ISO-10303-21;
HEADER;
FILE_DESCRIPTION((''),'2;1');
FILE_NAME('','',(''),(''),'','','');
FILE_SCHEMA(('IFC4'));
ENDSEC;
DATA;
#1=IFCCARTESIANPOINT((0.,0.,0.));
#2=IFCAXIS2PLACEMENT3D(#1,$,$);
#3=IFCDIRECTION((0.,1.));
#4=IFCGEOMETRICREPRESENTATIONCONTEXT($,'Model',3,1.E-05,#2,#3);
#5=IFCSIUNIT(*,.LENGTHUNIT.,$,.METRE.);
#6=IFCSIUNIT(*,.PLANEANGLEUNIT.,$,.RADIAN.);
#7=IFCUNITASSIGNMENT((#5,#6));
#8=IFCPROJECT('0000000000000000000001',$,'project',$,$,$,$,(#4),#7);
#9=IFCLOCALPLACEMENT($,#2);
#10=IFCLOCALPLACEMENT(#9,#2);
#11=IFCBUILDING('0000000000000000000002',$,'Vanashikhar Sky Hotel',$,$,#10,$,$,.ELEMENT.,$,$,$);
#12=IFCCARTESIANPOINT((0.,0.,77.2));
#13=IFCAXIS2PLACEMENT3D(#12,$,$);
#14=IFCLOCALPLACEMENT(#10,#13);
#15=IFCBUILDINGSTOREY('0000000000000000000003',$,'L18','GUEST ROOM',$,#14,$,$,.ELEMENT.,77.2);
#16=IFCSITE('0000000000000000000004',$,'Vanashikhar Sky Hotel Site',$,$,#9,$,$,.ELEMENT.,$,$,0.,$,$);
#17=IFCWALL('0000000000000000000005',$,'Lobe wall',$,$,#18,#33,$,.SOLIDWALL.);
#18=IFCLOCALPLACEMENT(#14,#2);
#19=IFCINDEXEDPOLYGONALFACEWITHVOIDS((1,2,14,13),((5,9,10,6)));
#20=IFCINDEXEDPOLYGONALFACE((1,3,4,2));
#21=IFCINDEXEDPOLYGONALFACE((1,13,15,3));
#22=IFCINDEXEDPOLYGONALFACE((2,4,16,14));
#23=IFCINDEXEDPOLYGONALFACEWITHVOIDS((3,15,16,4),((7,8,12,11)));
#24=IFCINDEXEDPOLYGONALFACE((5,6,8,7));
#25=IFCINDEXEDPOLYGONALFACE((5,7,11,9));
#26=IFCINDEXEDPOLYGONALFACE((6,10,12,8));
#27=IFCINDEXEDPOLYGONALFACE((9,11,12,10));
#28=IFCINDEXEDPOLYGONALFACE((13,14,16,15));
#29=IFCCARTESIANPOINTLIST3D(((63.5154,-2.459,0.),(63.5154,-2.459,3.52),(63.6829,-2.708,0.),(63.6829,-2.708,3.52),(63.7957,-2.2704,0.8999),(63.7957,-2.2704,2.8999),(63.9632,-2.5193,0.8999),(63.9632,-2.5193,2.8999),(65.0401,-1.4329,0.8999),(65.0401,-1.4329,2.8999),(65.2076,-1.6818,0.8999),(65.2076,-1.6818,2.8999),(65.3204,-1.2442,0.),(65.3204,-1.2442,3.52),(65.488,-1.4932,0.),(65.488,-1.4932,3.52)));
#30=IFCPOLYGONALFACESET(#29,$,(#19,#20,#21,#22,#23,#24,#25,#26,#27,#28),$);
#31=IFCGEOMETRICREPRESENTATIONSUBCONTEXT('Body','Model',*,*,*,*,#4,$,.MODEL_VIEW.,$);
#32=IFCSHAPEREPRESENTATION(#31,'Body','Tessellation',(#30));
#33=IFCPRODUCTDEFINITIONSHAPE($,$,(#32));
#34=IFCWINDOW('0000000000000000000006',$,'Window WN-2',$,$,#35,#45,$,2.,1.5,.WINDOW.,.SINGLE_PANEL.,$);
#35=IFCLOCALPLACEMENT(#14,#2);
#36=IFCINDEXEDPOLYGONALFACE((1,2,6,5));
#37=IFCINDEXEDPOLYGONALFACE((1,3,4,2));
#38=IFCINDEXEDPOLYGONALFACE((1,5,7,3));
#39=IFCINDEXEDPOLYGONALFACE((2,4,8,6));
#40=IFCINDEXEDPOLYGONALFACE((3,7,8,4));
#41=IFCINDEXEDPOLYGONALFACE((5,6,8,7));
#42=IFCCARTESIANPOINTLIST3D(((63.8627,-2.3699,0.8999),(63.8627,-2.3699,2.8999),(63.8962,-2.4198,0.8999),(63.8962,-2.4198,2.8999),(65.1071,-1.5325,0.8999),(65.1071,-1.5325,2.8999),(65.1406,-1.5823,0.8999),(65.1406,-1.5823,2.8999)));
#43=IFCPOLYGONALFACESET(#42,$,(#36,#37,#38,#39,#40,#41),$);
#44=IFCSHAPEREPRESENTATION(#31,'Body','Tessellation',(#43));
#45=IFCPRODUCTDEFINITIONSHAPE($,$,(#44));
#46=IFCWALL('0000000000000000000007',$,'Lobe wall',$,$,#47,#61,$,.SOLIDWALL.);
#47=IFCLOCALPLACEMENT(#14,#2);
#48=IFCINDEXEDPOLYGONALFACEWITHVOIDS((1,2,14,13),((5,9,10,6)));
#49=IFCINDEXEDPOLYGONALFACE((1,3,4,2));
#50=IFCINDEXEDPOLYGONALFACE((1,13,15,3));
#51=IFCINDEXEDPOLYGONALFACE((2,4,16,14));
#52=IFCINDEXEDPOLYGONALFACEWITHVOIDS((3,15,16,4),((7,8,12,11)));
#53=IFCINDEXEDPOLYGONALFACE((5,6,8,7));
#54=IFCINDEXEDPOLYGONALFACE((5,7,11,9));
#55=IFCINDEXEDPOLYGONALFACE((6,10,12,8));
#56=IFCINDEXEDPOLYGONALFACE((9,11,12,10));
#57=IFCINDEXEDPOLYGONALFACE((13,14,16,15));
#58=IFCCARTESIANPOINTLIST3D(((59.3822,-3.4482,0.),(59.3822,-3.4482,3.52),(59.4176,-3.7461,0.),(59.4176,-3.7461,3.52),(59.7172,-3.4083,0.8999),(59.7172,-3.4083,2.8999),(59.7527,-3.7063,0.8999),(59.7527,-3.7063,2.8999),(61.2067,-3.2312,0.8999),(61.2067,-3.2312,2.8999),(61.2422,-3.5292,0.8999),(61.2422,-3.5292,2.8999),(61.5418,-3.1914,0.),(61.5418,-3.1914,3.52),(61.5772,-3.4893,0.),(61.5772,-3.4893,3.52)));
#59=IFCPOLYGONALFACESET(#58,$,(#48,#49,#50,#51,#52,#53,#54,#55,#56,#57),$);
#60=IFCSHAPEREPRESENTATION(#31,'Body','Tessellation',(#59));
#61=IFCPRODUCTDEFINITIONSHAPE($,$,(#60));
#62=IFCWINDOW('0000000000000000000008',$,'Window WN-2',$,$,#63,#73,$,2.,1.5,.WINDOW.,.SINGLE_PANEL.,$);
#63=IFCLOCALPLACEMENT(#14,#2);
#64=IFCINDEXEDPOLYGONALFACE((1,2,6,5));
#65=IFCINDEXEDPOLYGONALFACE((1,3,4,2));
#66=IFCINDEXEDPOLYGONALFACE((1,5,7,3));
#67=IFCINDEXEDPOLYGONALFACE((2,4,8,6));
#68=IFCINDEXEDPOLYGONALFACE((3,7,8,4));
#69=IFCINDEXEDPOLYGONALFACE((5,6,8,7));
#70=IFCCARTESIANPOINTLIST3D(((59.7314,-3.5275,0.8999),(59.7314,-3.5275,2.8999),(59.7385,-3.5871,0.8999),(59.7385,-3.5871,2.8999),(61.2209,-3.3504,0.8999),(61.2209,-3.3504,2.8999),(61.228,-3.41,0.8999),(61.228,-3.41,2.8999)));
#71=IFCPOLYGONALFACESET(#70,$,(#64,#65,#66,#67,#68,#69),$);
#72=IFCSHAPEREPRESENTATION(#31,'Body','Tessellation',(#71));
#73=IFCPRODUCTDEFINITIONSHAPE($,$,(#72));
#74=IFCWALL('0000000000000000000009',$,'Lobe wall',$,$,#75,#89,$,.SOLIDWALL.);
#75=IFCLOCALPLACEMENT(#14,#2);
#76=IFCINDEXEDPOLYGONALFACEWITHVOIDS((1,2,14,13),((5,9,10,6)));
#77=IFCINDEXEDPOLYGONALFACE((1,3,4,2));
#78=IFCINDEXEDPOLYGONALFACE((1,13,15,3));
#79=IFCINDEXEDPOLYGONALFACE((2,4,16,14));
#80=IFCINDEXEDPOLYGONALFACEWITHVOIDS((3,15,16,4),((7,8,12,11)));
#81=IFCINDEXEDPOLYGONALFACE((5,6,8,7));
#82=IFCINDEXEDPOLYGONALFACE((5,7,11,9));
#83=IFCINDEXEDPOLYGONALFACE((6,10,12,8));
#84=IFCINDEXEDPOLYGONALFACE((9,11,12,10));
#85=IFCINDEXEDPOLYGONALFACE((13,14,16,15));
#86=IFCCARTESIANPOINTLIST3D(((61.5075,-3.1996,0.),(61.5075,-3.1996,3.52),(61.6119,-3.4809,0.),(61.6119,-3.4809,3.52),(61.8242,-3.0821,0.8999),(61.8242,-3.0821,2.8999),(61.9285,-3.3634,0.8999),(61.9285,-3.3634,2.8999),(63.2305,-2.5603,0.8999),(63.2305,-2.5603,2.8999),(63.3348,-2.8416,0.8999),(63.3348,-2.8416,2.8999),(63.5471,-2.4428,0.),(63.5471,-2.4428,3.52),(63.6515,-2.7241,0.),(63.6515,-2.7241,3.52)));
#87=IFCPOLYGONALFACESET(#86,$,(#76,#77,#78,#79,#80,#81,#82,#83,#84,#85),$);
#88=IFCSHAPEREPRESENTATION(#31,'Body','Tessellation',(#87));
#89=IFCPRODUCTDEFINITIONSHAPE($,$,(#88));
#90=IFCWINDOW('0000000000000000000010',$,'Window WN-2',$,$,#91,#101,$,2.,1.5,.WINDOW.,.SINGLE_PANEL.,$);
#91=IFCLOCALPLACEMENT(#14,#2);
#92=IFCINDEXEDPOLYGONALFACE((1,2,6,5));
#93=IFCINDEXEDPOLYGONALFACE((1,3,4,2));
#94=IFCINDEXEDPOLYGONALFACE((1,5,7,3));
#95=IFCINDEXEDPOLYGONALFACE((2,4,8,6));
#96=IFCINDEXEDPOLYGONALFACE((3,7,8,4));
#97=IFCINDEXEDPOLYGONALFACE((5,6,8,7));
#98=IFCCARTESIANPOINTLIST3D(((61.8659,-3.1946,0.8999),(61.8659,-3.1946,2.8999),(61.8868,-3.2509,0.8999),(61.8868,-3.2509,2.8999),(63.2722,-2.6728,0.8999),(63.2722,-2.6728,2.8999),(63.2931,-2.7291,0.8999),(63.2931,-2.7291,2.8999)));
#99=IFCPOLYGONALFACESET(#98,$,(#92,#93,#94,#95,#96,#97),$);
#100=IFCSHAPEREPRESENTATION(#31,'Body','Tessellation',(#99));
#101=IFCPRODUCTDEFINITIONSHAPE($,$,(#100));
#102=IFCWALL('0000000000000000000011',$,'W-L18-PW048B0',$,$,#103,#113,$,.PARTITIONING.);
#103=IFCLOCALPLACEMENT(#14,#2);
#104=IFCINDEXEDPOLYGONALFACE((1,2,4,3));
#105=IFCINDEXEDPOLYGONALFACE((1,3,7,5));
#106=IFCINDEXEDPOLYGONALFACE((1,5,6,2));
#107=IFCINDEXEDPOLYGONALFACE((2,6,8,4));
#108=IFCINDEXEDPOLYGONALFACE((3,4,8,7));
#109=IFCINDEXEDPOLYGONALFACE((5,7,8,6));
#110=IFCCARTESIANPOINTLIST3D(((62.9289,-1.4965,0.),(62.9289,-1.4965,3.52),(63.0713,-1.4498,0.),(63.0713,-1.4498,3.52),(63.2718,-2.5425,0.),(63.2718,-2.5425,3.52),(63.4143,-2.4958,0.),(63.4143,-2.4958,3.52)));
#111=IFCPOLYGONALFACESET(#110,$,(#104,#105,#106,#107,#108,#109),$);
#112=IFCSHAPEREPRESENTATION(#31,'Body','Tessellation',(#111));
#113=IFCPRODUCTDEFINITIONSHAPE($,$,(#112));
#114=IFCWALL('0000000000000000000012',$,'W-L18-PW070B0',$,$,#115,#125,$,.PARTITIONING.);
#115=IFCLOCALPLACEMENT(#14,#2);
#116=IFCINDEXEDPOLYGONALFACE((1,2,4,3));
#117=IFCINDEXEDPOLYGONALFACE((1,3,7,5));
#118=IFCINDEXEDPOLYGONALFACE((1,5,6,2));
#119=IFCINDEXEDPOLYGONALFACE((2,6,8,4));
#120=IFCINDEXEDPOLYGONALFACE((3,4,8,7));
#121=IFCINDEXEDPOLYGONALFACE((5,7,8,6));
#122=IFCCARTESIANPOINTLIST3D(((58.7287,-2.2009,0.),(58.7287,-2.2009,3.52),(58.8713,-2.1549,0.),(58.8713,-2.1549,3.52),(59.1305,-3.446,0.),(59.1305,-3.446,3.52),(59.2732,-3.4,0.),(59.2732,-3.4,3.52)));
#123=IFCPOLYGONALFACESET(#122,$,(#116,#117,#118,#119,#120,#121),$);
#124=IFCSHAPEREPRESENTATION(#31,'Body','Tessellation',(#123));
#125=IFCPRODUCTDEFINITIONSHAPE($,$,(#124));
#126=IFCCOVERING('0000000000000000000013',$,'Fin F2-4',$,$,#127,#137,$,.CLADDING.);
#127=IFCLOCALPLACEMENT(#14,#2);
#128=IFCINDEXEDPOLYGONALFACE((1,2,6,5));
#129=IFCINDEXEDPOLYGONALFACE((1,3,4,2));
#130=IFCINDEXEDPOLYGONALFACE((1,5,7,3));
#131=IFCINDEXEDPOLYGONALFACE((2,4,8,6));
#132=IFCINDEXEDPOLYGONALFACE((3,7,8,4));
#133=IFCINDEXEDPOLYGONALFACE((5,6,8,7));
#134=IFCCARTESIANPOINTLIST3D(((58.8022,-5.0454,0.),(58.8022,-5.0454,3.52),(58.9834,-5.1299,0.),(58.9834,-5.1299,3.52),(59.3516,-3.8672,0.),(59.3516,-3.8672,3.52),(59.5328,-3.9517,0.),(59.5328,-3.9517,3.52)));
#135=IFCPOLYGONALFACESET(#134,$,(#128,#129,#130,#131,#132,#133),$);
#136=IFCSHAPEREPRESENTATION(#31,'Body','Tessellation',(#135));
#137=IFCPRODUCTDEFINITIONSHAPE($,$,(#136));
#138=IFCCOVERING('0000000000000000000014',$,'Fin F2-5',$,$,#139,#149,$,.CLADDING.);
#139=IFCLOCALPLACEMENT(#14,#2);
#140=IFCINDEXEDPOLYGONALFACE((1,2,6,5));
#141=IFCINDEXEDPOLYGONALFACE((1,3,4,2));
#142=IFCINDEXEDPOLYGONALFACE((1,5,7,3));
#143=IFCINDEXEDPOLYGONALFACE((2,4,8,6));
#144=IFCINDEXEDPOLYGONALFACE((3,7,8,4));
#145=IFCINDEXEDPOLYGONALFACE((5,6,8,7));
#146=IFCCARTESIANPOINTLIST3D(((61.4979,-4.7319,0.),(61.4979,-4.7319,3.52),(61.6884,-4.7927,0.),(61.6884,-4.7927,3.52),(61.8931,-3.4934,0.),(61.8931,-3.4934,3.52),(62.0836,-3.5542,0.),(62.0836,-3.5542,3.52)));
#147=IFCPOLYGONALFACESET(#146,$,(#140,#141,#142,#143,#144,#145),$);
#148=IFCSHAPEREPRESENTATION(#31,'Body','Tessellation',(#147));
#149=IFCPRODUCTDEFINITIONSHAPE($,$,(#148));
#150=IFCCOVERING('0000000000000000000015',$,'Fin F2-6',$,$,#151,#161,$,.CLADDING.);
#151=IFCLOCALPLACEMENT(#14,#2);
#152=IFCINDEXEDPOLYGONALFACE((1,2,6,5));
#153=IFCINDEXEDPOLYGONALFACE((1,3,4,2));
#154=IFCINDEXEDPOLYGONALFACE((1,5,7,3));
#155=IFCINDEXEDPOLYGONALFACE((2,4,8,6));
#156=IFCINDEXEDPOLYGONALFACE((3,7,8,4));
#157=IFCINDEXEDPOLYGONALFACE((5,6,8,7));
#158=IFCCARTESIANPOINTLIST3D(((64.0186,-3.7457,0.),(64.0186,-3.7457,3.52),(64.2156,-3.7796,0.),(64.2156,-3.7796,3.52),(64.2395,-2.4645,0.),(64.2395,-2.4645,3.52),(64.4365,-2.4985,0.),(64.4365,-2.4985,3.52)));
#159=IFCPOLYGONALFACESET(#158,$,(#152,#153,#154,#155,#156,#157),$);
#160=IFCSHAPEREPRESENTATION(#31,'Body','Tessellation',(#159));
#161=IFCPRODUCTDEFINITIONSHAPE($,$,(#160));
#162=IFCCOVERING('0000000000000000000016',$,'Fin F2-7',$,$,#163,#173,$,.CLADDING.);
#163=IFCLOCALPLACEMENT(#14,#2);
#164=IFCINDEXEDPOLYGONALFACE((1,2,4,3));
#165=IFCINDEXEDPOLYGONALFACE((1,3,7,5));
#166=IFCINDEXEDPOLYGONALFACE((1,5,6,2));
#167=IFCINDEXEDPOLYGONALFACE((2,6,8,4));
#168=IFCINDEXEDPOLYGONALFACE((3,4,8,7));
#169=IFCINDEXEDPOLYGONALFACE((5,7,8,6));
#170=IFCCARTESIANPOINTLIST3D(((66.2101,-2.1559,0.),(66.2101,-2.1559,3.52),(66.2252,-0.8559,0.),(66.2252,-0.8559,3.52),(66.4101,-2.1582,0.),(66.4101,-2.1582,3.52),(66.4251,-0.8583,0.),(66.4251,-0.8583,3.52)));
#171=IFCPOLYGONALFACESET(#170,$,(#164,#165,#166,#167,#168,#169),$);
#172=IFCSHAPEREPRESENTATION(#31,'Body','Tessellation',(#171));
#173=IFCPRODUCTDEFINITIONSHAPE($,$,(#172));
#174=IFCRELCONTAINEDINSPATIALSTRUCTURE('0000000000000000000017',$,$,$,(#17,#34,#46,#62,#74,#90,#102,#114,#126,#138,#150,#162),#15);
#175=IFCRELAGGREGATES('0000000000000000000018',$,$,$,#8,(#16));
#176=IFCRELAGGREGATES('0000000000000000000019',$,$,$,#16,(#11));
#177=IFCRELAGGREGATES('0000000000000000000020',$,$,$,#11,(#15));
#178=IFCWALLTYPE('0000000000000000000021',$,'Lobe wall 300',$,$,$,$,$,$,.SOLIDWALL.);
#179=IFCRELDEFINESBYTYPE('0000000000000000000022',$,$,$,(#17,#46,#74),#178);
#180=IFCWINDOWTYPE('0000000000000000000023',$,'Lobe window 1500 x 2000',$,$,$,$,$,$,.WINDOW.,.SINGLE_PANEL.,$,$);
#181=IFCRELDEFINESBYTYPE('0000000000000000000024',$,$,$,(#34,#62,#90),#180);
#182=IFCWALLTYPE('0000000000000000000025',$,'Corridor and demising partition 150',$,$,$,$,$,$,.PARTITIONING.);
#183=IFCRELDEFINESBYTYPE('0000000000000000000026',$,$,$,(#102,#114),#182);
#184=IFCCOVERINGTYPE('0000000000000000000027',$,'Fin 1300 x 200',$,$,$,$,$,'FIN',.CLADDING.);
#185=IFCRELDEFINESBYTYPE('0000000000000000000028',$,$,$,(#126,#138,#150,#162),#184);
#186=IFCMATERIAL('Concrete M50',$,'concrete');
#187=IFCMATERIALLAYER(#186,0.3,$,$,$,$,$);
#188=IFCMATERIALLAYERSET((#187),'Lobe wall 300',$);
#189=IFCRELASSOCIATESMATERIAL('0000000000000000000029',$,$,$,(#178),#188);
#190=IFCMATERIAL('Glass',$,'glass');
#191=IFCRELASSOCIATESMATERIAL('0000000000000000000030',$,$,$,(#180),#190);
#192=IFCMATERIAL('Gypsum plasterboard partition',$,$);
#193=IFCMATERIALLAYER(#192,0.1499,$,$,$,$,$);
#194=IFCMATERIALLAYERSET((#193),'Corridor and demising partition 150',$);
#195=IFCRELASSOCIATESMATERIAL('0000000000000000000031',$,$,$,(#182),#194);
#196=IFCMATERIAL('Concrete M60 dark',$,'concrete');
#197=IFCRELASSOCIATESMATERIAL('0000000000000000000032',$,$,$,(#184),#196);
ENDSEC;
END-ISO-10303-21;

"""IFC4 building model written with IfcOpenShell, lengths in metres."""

from ifc_helpers import new_model, si_unit, direction, frame, frame_2d, origin, origin_2d, place, context, subcontext, project, spatial, rectangle, extrude, source, transform, mapped, material, layer, layer_set, material_profile, profile_set, type_object, element, fill, save


model = new_model("IFC4")

# Units and contexts
model_context = context("Model", 3, precision=1e-05, world=origin(), true_north=direction((0.0, 1.0)))
body_context = subcontext(model_context, "Body", "Model", "MODEL_VIEW")
ifc_project = project(units=[si_unit("LENGTHUNIT", "METRE"), si_unit("PLANEANGLEUNIT", "RADIAN")], contexts=[model_context])

# Site, building, storey
site_placement = place(None, origin())
site = spatial("IfcSite", under=ifc_project, at=site_placement, Name="Vanashikhar Sky Hotel Site", CompositionType="ELEMENT", RefElevation=0.0)
building_placement = place(site_placement, origin())
building = spatial("IfcBuilding", under=site, at=building_placement, Name="Vanashikhar Sky Hotel", CompositionType="ELEMENT")
storey_placement = place(building_placement, frame((0.0, 0.0, 77.2)))
storey = spatial("IfcBuildingStorey", under=building, at=storey_placement, Name="L18", Description="GUEST ROOM", CompositionType="ELEMENT", Elevation=77.2)

# Walls, openings, windows
ifc_material_1 = material(Name="Concrete M50", Category="concrete")
ifc_layer_1 = layer(ifc_material_1, 0.3)
ifc_layer_set_1 = layer_set([ifc_layer_1], Name="Lobe wall 300")
wall_type_1 = type_object("IfcWallType", Name="Lobe wall 300", PredefinedType="SOLIDWALL", material=ifc_layer_set_1)
shared_shape_1 = source(origin(), body_context, "Body", "SweptSolid", [
    extrude(rectangle(XDim=2.1758, YDim=0.3, at=frame_2d((1.0879, 0.0))), origin(), (0.0, 0.0, 1.0), 3.52),
])
wall_1_placement = place(storey_placement, frame((63.5991, -2.5835, 0.0), z_axis=(0.0, 0.0, 1.0), x_axis=(0.829626, 0.55832, 0.0)))
wall_1 = element("IfcWall", 1, at=wall_1_placement, inside=storey, type_object=wall_type_1, Name="Lobe wall", PredefinedType="SOLIDWALL", context=body_context, shape_type="MappedRepresentation", body=[
    mapped(shared_shape_1, transform((0.0, 0.0, 0.0), scale=1.0)),
])
shared_shape_2 = source(origin(), body_context, "Body", "SweptSolid", [
    extrude(rectangle(XDim=1.5, YDim=2.0, at=frame_2d((0.75, 1.0))), frame((0.0, 0.1602, 0.0), z_axis=(0.0, -1.0, 0.0), x_axis=(1.0, 0.0, 0.0)), (0.0, 0.0, 1.0), 0.3201),
])
opening_1_placement = place(wall_1_placement, frame((0.3379, 0.0, 0.8999)))
opening_1 = element("IfcOpeningElement", 2, at=opening_1_placement, cuts=wall_1, PredefinedType="OPENING", context=body_context, shape_type="MappedRepresentation", body=[
    mapped(shared_shape_2, transform((0.0, 0.0, 0.0), scale=1.0)),
])
ifc_material_2 = material(Name="Glass", Category="glass")
window_type = type_object("IfcWindowType", Name="Lobe window 1500 x 2000", PartitioningType="SINGLE_PANEL", PredefinedType="WINDOW", material=ifc_material_2)
shared_shape_3 = source(origin(), body_context, "Body", "SweptSolid", [
    extrude(rectangle(XDim=1.5, YDim=2.0, at=frame_2d((0.75, 1.0))), frame((0.0, 0.03, 0.0), z_axis=(0.0, -1.0, 0.0), x_axis=(1.0, 0.0, 0.0)), (0.0, 0.0, 1.0), 0.0601),
])
window_1_placement = place(opening_1_placement, origin())
window_1 = element("IfcWindow", 3, at=window_1_placement, inside=storey, type_object=window_type, Name="Window WN-2", OverallHeight=2.0, OverallWidth=1.5, PartitioningType="SINGLE_PANEL", PredefinedType="WINDOW", context=body_context, shape_type="MappedRepresentation", body=[
    mapped(shared_shape_3, transform((0.0, 0.0, 0.0), scale=1.0)),
])
fill(opening_1, window_1)
shared_shape_4 = source(origin(), body_context, "Body", "SweptSolid", [
    extrude(rectangle(XDim=2.1748, YDim=0.3, at=frame_2d((1.0874, 0.0))), origin(), (0.0, 0.0, 1.0), 3.52),
])
wall_2_placement = place(storey_placement, frame((59.3999, -3.5972, 0.0), z_axis=(0.0, 0.0, 1.0), x_axis=(0.993003, 0.118092, 0.0)))
wall_2 = element("IfcWall", 4, at=wall_2_placement, inside=storey, type_object=wall_type_1, Name="Lobe wall", PredefinedType="SOLIDWALL", context=body_context, shape_type="MappedRepresentation", body=[
    mapped(shared_shape_4, transform((0.0, 0.0, 0.0), scale=1.0)),
])
opening_2_placement = place(wall_2_placement, frame((0.3374, 0.0, 0.8999)))
opening_2 = element("IfcOpeningElement", 5, at=opening_2_placement, cuts=wall_2, PredefinedType="OPENING", context=body_context, shape_type="MappedRepresentation", body=[
    mapped(shared_shape_2, transform((0.0, 0.0, 0.0), scale=1.0)),
])
window_2_placement = place(opening_2_placement, origin())
window_2 = element("IfcWindow", 6, at=window_2_placement, inside=storey, type_object=window_type, Name="Window WN-2", OverallHeight=2.0, OverallWidth=1.5, PartitioningType="SINGLE_PANEL", PredefinedType="WINDOW", context=body_context, shape_type="MappedRepresentation", body=[
    mapped(shared_shape_3, transform((0.0, 0.0, 0.0), scale=1.0)),
])
fill(opening_2, window_2)
shared_shape_5 = source(origin(), body_context, "Body", "SweptSolid", [
    extrude(rectangle(XDim=2.1755, YDim=0.3, at=frame_2d((1.0879, 0.0))), origin(), (0.0, 0.0, 1.0), 3.52),
])
wall_3_placement = place(storey_placement, frame((61.5596, -3.3403, 0.0), z_axis=(0.0, 0.0, 1.0), x_axis=(0.937532, 0.347899, 0.0)))
wall_3 = element("IfcWall", 7, at=wall_3_placement, inside=storey, type_object=wall_type_1, Name="Lobe wall", PredefinedType="SOLIDWALL", context=body_context, shape_type="MappedRepresentation", body=[
    mapped(shared_shape_5, transform((0.0, 0.0, 0.0), scale=1.0)),
])
opening_3_placement = place(wall_3_placement, frame((0.3379, 0.0, 0.8999)))
opening_3 = element("IfcOpeningElement", 8, at=opening_3_placement, cuts=wall_3, PredefinedType="OPENING", context=body_context, shape_type="MappedRepresentation", body=[
    mapped(shared_shape_2, transform((0.0, 0.0, 0.0), scale=1.0)),
])
window_3_placement = place(opening_3_placement, origin())
window_3 = element("IfcWindow", 9, at=window_3_placement, inside=storey, type_object=window_type, Name="Window WN-2", OverallHeight=2.0, OverallWidth=1.5, PartitioningType="SINGLE_PANEL", PredefinedType="WINDOW", context=body_context, shape_type="MappedRepresentation", body=[
    mapped(shared_shape_3, transform((0.0, 0.0, 0.0), scale=1.0)),
])
fill(opening_3, window_3)

# Walls
ifc_material_3 = material(Name="Gypsum plasterboard partition")
ifc_layer_2 = layer(ifc_material_3, 0.1499)
ifc_layer_set_2 = layer_set([ifc_layer_2], Name="Corridor and demising partition 150")
wall_type_2 = type_object("IfcWallType", Name="Corridor and demising partition 150", PredefinedType="PARTITIONING", material=ifc_layer_set_2)
shared_shape_6 = source(origin(), body_context, "Body", "SweptSolid", [
    extrude(rectangle(XDim=1.1008, YDim=0.1499, at=frame_2d((0.5503, 0.0))), origin(), (0.0, 0.0, 1.0), 3.52),
])
wall_4_placement = place(storey_placement, frame((63.343, -2.519, 0.0), z_axis=(0.0, 0.0, 1.0), x_axis=(-0.311567, 0.950224, 0.0)))
element("IfcWall", 10, at=wall_4_placement, inside=storey, type_object=wall_type_2, Name="W-L18-PW048B0", PredefinedType="PARTITIONING", context=body_context, shape_type="MappedRepresentation", body=[
    mapped(shared_shape_6, transform((0.0, 0.0, 0.0), scale=1.0)),
])
shared_shape_7 = source(origin(), body_context, "Body", "SweptSolid", [
    extrude(rectangle(XDim=1.3083, YDim=0.1499, at=frame_2d((0.6543, 0.0))), origin(), (0.0, 0.0, 1.0), 3.52),
])
wall_5_placement = place(storey_placement, frame((59.2019, -3.4231, 0.0), z_axis=(0.0, 0.0, 1.0), x_axis=(-0.307145, 0.951663, 0.0)))
element("IfcWall", 11, at=wall_5_placement, inside=storey, type_object=wall_type_2, Name="W-L18-PW070B0", PredefinedType="PARTITIONING", context=body_context, shape_type="MappedRepresentation", body=[
    mapped(shared_shape_7, transform((0.0, 0.0, 0.0), scale=1.0)),
])

# Coverings
ifc_material_4 = material(Name="Concrete M60 dark", Category="concrete")
ifc_material_profile = material_profile(ifc_material_4, rectangle(XDim=1.3, YDim=0.2, at=origin_2d()))
ifc_profile_set = profile_set([ifc_material_profile], Name="Fin 1300 x 200")
covering_type_1 = type_object("IfcCoveringType", Name="Fin 1300 x 200", ElementType="FIN", PredefinedType="CLADDING", material=ifc_profile_set)
shared_shape_8 = source(origin(), body_context, "Body", "SweptSolid", [
    extrude(rectangle(XDim=1.3, YDim=0.2, at=origin_2d()), origin(), (0.0, 0.0, 1.0), 3.52),
])
for number, where, z_axis, x_axis, name in (
    (12, (59.1675, -4.4985, 0.0), (0.0, 0.0, 1.0), (-0.422618, -0.906308, 0.0), "Fin F2-4"),
    (13, (61.7908, -4.1431, 0.0), (0.0, 0.0, 1.0), (-0.303967, -0.952683, 0.0), "Fin F2-5"),
    (14, (64.2275, -3.1221, 0.0), (0.0, 0.0, 1.0), (-0.1699, -0.985461, 0.0), "Fin F2-6"),
    (15, (66.3176, -1.5071, 0.0), (0.0, 0.0, 1.0), (-0.011589, -0.999933, 0.0), "Fin F2-7"),
):
    element("IfcCovering", number, at=place(storey_placement, frame(where, z_axis=z_axis, x_axis=x_axis)), inside=storey, type_object=covering_type_1, Name=name, PredefinedType="CLADDING", context=body_context, shape_type="MappedRepresentation", body=[
        mapped(shared_shape_8, transform((0.0, 0.0, 0.0), scale=1.0)),
    ])

save(model, "model.ifc")
